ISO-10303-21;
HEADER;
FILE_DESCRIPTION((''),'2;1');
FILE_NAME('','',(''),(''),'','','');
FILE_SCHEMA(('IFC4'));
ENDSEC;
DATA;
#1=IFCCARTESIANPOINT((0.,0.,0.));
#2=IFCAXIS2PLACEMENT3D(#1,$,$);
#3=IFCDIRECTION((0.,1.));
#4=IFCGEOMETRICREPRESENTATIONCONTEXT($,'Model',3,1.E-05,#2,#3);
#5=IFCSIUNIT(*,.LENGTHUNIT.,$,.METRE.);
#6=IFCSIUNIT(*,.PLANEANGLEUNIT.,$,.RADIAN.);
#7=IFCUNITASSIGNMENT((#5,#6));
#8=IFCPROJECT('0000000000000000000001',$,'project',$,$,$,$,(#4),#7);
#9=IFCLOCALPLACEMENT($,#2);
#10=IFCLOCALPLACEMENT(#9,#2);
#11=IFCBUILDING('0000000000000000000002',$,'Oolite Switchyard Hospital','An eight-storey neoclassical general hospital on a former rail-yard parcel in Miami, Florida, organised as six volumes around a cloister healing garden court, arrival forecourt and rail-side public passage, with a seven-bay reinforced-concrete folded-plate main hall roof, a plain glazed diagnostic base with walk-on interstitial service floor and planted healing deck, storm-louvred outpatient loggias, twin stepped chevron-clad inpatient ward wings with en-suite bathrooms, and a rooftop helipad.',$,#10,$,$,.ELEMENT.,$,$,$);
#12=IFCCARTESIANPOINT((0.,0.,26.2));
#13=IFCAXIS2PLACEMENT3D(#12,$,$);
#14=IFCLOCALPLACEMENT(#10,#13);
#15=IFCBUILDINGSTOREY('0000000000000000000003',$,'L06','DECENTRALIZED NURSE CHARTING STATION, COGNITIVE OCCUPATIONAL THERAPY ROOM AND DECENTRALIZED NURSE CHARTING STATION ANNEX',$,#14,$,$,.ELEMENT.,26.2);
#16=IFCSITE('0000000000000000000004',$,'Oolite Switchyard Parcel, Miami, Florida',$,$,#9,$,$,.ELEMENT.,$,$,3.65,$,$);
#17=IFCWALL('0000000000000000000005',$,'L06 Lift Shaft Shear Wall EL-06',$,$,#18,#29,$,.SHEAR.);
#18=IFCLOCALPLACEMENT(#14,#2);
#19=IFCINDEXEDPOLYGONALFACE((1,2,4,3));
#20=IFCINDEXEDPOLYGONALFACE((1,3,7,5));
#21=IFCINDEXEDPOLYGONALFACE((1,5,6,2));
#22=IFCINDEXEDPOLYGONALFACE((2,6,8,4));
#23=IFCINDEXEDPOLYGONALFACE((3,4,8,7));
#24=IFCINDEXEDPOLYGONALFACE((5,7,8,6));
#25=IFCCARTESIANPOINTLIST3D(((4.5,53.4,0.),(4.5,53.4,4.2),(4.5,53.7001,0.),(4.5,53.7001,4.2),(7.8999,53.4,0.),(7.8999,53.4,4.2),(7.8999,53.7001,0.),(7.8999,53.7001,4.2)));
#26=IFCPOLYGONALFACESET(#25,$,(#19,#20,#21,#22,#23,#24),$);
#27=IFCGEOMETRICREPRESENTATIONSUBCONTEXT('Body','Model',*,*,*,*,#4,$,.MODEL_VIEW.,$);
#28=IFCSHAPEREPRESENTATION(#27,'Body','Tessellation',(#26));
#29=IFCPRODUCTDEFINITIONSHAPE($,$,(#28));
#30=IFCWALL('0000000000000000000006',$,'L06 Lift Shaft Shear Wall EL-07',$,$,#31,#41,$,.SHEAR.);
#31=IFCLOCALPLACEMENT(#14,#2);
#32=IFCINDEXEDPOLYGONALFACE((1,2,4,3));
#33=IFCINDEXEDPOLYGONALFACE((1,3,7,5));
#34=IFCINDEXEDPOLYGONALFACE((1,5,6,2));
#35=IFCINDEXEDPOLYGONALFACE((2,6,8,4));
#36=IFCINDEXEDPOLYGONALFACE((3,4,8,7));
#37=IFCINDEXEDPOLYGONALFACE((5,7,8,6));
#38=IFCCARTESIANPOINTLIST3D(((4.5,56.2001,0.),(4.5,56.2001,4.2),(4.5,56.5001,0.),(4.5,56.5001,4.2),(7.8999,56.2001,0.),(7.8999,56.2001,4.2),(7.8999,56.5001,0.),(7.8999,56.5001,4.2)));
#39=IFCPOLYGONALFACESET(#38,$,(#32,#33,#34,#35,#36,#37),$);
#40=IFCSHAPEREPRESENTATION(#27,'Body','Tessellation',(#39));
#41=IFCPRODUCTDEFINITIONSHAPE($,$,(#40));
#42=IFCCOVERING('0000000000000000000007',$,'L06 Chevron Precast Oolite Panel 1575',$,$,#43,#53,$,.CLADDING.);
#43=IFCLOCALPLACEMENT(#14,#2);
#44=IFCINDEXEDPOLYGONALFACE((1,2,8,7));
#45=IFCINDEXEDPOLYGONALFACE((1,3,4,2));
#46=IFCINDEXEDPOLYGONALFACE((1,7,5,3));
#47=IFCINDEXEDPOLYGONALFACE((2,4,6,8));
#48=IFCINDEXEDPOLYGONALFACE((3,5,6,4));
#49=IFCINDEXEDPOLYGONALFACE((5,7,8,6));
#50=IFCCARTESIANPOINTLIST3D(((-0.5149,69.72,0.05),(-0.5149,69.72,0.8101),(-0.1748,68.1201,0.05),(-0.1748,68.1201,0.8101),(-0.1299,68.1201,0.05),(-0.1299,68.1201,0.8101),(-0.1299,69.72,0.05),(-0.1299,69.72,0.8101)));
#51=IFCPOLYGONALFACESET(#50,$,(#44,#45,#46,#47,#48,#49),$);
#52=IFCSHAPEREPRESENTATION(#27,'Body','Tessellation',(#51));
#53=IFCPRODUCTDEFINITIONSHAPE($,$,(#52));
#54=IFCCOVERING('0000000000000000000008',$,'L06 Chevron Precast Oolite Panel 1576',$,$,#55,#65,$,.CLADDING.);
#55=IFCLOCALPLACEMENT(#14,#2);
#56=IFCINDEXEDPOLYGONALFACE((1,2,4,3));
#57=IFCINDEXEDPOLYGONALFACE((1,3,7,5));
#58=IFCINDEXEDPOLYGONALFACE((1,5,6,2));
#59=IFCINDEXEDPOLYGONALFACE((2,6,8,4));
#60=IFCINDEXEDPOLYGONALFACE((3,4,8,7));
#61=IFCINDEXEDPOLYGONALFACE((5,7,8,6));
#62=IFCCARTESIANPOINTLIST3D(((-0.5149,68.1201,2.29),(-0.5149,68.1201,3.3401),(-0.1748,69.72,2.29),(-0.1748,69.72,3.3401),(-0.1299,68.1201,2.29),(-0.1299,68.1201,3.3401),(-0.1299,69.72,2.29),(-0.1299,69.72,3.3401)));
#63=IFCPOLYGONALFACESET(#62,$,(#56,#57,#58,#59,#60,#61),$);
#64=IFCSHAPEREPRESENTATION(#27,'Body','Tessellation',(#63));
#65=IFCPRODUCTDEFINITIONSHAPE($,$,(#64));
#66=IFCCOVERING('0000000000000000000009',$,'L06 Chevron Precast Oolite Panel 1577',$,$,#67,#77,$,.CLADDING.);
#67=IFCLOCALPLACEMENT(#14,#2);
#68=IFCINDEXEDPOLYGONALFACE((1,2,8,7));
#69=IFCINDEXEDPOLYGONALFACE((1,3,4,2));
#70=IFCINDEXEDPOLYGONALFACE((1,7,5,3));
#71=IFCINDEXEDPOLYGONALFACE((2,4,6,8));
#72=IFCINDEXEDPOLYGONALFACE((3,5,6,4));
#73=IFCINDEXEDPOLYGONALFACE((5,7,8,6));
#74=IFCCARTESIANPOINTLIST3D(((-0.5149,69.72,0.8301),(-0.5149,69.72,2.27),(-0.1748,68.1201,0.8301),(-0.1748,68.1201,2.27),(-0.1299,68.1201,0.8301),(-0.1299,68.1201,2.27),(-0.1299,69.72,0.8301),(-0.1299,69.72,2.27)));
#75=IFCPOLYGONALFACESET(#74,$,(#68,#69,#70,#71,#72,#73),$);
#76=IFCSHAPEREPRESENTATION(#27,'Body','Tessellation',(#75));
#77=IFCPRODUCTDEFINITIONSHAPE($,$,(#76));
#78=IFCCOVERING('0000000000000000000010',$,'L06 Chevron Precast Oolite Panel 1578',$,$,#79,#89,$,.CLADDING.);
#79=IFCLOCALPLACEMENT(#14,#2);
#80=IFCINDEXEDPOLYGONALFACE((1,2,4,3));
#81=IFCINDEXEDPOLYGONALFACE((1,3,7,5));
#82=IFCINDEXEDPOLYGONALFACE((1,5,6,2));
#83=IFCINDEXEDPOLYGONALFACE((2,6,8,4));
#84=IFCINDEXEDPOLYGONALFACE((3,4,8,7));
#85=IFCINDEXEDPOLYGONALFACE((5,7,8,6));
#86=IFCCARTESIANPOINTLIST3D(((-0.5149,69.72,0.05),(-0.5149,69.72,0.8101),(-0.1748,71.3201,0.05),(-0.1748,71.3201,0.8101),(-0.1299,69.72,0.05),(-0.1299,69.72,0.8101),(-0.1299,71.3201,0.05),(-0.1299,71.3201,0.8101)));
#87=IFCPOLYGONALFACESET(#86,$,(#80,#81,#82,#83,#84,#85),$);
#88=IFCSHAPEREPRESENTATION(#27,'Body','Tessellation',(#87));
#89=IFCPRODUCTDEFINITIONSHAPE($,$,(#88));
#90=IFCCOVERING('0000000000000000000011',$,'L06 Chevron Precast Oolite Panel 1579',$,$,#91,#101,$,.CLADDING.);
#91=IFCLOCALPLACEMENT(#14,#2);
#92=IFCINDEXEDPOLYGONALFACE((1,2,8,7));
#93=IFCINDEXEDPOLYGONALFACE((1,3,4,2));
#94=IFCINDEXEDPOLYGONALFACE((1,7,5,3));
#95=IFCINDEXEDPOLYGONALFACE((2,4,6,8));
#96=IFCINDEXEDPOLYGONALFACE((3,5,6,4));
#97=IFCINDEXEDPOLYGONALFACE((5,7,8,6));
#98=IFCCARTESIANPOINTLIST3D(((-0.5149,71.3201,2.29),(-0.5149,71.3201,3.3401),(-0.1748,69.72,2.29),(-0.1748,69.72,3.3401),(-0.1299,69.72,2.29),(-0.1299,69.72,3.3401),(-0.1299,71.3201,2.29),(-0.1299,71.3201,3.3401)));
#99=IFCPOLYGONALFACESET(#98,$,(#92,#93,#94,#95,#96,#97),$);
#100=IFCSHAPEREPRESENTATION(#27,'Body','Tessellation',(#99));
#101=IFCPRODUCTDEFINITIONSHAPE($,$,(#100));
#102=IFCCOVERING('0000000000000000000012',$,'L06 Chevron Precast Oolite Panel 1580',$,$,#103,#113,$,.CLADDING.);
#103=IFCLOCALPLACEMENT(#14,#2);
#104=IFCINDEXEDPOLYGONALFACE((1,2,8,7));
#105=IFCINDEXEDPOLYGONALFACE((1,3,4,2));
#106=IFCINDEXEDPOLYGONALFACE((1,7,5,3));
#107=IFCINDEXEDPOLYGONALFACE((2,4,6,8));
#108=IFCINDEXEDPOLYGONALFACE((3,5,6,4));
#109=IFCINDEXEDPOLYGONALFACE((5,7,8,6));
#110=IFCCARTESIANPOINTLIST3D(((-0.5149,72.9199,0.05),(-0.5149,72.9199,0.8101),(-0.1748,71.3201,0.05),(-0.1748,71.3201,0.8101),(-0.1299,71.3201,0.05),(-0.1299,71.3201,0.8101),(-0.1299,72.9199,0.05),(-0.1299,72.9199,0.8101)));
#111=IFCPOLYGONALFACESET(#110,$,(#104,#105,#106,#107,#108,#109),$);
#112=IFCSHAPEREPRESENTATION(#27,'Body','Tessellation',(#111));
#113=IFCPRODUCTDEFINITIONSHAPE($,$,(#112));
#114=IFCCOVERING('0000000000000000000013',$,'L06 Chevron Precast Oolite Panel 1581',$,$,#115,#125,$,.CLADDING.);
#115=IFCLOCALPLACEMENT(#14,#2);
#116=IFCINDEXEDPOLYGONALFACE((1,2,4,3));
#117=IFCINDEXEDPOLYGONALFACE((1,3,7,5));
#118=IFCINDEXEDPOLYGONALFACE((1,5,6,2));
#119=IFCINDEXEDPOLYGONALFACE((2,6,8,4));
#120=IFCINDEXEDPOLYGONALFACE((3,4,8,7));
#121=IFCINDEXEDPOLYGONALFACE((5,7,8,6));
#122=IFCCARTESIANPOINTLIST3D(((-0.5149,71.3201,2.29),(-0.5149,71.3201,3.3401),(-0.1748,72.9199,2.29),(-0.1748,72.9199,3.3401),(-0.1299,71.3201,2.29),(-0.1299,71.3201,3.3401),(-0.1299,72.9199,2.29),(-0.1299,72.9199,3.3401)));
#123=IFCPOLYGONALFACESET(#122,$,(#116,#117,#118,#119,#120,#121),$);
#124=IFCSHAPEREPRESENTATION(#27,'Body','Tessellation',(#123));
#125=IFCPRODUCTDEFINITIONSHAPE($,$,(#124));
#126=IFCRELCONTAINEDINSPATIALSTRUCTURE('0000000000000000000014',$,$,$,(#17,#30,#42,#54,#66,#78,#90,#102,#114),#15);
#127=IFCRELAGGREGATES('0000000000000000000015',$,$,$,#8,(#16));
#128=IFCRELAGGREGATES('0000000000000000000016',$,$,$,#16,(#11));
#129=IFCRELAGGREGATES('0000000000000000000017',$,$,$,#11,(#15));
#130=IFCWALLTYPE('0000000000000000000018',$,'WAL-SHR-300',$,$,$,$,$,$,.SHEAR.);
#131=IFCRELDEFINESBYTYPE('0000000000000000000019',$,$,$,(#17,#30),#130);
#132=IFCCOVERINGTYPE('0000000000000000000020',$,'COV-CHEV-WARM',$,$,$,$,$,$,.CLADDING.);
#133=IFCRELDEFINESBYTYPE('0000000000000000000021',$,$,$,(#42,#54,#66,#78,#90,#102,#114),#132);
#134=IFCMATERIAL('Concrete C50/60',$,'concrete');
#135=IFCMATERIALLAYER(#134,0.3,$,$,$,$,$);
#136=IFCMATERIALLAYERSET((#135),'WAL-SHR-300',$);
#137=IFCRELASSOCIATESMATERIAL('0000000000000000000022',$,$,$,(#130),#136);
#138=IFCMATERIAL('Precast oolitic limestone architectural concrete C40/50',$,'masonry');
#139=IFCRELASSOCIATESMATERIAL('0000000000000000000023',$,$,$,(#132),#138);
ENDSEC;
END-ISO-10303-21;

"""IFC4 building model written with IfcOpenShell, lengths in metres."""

from ifc_helpers import new_model, si_unit, direction, frame, frame_2d, origin, place, context, subcontext, project, spatial, polyline, rectangle, outline, extrude, material, layer, layer_set, type_object, element, save


model = new_model("IFC4")

# Units and contexts
model_context = context("Model", 3, precision=1e-05, world=origin(), true_north=direction((0.0, 1.0)))
body_context = subcontext(model_context, "Body", "Model", "MODEL_VIEW")
ifc_project = project(units=[si_unit("LENGTHUNIT", "METRE"), si_unit("PLANEANGLEUNIT", "RADIAN")], contexts=[model_context])

# Site, building, storey
site_placement = place(None, origin())
site = spatial("IfcSite", under=ifc_project, at=site_placement, Name="Oolite Switchyard Parcel, Miami, Florida", CompositionType="ELEMENT", RefElevation=3.65)
building_placement = place(site_placement, origin())
building = spatial("IfcBuilding", under=site, at=building_placement, Name="Oolite Switchyard Hospital", Description="An eight-storey neoclassical general hospital on a former rail-yard parcel in Miami, Florida, organised as six volumes around a cloister healing garden court, arrival forecourt and rail-side public passage, with a seven-bay reinforced-concrete folded-plate main hall roof, a plain glazed diagnostic base with walk-on interstitial service floor and planted healing deck, storm-louvred outpatient loggias, twin stepped chevron-clad inpatient ward wings with en-suite bathrooms, and a rooftop helipad.", CompositionType="ELEMENT")
storey_placement = place(building_placement, frame((0.0, 0.0, 26.2)))
storey = spatial("IfcBuildingStorey", under=building, at=storey_placement, Name="L06", Description="DECENTRALIZED NURSE CHARTING STATION, COGNITIVE OCCUPATIONAL THERAPY ROOM AND DECENTRALIZED NURSE CHARTING STATION ANNEX", CompositionType="ELEMENT", Elevation=26.2)

# Shared definitions
ifc_material_1 = material(Name="Concrete C50/60", Category="concrete")

# Shared definitions
ifc_material_2 = material(Name="Precast oolitic limestone architectural concrete C40/50", Category="masonry")

# Walls
ifc_layer_1 = layer(ifc_material_1, 0.3)
ifc_layer_set_1 = layer_set([ifc_layer_1], Name="WAL-SHR-300")
wall_type_1 = type_object("IfcWallType", Name="WAL-SHR-300", PredefinedType="SHEAR", material=ifc_layer_set_1)
for number, where, z_axis, x_axis, name in (
    (1, (4.5, 53.55, 0.0), (0.0, 0.0, 1.0), (1.0, 0.0, 0.0), "L06 Lift Shaft Shear Wall EL-06"),
    (2, (4.5, 56.3501, 0.0), (0.0, 0.0, 1.0), (1.0, 0.0, 0.0), "L06 Lift Shaft Shear Wall EL-07"),
):
    element("IfcWall", number, at=place(storey_placement, frame(where, z_axis=z_axis, x_axis=x_axis)), inside=storey, type_object=wall_type_1, Name=name, PredefinedType="SHEAR", context=body_context, shape_type="SweptSolid", body=[
        extrude(rectangle(XDim=3.3999, YDim=0.3, at=frame_2d((1.7, 0.0))), origin(), (0.0, 0.0, 1.0), 4.2),
    ])

# Coverings
covering_type = type_object("IfcCoveringType", Name="COV-CHEV-WARM", PredefinedType="CLADDING", material=ifc_material_2)
covering_1_placement = place(storey_placement, frame((-0.1299, 68.1201, 0.05), z_axis=(0.0, 0.0, 1.0), x_axis=(0.0, 1.0, 0.0)))
element("IfcCovering", 3, at=covering_1_placement, inside=storey, type_object=covering_type, Name="L06 Chevron Precast Oolite Panel 1575", PredefinedType="CLADDING", context=body_context, shape_type="SweptSolid", body=[
    extrude(outline(polyline([(0.0, 0.0), (1.5999, 0.0), (1.5999, 0.385), (0.0, 0.0449), (0.0, 0.0)])), origin(), (0.0, 0.0, 1.0), 0.76),
])
covering_2_placement = place(storey_placement, frame((-0.1299, 68.1201, 2.29), z_axis=(0.0, 0.0, 1.0), x_axis=(0.0, 1.0, 0.0)))
element("IfcCovering", 4, at=covering_2_placement, inside=storey, type_object=covering_type, Name="L06 Chevron Precast Oolite Panel 1576", PredefinedType="CLADDING", context=body_context, shape_type="SweptSolid", body=[
    extrude(outline(polyline([(0.0, 0.0), (1.5999, 0.0), (1.5999, 0.0449), (0.0, 0.385), (0.0, 0.0)])), origin(), (0.0, 0.0, 1.0), 1.05),
])
covering_3_placement = place(storey_placement, frame((-0.1299, 68.1201, 0.8301), z_axis=(0.0, 0.0, 1.0), x_axis=(0.0, 1.0, 0.0)))
element("IfcCovering", 5, at=covering_3_placement, inside=storey, type_object=covering_type, Name="L06 Chevron Precast Oolite Panel 1577", PredefinedType="CLADDING", context=body_context, shape_type="SweptSolid", body=[
    extrude(outline(polyline([(0.0, 0.0), (1.5999, 0.0), (1.5999, 0.385), (0.0, 0.0449), (0.0, 0.0)])), origin(), (0.0, 0.0, 1.0), 1.4399),
])
covering_4_placement = place(storey_placement, frame((-0.1299, 69.72, 0.05), z_axis=(0.0, 0.0, 1.0), x_axis=(0.0, 1.0, 0.0)))
element("IfcCovering", 6, at=covering_4_placement, inside=storey, type_object=covering_type, Name="L06 Chevron Precast Oolite Panel 1578", PredefinedType="CLADDING", context=body_context, shape_type="SweptSolid", body=[
    extrude(outline(polyline([(0.0, 0.0), (1.6001, 0.0), (1.6001, 0.0449), (0.0, 0.385), (0.0, 0.0)])), origin(), (0.0, 0.0, 1.0), 0.76),
])
covering_5_placement = place(storey_placement, frame((-0.1299, 69.72, 2.29), z_axis=(0.0, 0.0, 1.0), x_axis=(0.0, 1.0, 0.0)))
element("IfcCovering", 7, at=covering_5_placement, inside=storey, type_object=covering_type, Name="L06 Chevron Precast Oolite Panel 1579", PredefinedType="CLADDING", context=body_context, shape_type="SweptSolid", body=[
    extrude(outline(polyline([(0.0, 0.0), (1.6001, 0.0), (1.6001, 0.385), (0.0, 0.0449), (0.0, 0.0)])), origin(), (0.0, 0.0, 1.0), 1.05),
])
covering_6_placement = place(storey_placement, frame((-0.1299, 71.3201, 0.05), z_axis=(0.0, 0.0, 1.0), x_axis=(0.0, 1.0, 0.0)))
element("IfcCovering", 8, at=covering_6_placement, inside=storey, type_object=covering_type, Name="L06 Chevron Precast Oolite Panel 1580", PredefinedType="CLADDING", context=body_context, shape_type="SweptSolid", body=[
    extrude(outline(polyline([(0.0, 0.0), (1.5999, 0.0), (1.5999, 0.385), (0.0, 0.0449), (0.0, 0.0)])), origin(), (0.0, 0.0, 1.0), 0.76),
])
covering_7_placement = place(storey_placement, frame((-0.1299, 71.3201, 2.29), z_axis=(0.0, 0.0, 1.0), x_axis=(0.0, 1.0, 0.0)))
element("IfcCovering", 9, at=covering_7_placement, inside=storey, type_object=covering_type, Name="L06 Chevron Precast Oolite Panel 1581", PredefinedType="CLADDING", context=body_context, shape_type="SweptSolid", body=[
    extrude(outline(polyline([(0.0, 0.0), (1.5999, 0.0), (1.5999, 0.0449), (0.0, 0.385), (0.0, 0.0)])), origin(), (0.0, 0.0, 1.0), 1.05),
])

save(model, "model.ifc")
